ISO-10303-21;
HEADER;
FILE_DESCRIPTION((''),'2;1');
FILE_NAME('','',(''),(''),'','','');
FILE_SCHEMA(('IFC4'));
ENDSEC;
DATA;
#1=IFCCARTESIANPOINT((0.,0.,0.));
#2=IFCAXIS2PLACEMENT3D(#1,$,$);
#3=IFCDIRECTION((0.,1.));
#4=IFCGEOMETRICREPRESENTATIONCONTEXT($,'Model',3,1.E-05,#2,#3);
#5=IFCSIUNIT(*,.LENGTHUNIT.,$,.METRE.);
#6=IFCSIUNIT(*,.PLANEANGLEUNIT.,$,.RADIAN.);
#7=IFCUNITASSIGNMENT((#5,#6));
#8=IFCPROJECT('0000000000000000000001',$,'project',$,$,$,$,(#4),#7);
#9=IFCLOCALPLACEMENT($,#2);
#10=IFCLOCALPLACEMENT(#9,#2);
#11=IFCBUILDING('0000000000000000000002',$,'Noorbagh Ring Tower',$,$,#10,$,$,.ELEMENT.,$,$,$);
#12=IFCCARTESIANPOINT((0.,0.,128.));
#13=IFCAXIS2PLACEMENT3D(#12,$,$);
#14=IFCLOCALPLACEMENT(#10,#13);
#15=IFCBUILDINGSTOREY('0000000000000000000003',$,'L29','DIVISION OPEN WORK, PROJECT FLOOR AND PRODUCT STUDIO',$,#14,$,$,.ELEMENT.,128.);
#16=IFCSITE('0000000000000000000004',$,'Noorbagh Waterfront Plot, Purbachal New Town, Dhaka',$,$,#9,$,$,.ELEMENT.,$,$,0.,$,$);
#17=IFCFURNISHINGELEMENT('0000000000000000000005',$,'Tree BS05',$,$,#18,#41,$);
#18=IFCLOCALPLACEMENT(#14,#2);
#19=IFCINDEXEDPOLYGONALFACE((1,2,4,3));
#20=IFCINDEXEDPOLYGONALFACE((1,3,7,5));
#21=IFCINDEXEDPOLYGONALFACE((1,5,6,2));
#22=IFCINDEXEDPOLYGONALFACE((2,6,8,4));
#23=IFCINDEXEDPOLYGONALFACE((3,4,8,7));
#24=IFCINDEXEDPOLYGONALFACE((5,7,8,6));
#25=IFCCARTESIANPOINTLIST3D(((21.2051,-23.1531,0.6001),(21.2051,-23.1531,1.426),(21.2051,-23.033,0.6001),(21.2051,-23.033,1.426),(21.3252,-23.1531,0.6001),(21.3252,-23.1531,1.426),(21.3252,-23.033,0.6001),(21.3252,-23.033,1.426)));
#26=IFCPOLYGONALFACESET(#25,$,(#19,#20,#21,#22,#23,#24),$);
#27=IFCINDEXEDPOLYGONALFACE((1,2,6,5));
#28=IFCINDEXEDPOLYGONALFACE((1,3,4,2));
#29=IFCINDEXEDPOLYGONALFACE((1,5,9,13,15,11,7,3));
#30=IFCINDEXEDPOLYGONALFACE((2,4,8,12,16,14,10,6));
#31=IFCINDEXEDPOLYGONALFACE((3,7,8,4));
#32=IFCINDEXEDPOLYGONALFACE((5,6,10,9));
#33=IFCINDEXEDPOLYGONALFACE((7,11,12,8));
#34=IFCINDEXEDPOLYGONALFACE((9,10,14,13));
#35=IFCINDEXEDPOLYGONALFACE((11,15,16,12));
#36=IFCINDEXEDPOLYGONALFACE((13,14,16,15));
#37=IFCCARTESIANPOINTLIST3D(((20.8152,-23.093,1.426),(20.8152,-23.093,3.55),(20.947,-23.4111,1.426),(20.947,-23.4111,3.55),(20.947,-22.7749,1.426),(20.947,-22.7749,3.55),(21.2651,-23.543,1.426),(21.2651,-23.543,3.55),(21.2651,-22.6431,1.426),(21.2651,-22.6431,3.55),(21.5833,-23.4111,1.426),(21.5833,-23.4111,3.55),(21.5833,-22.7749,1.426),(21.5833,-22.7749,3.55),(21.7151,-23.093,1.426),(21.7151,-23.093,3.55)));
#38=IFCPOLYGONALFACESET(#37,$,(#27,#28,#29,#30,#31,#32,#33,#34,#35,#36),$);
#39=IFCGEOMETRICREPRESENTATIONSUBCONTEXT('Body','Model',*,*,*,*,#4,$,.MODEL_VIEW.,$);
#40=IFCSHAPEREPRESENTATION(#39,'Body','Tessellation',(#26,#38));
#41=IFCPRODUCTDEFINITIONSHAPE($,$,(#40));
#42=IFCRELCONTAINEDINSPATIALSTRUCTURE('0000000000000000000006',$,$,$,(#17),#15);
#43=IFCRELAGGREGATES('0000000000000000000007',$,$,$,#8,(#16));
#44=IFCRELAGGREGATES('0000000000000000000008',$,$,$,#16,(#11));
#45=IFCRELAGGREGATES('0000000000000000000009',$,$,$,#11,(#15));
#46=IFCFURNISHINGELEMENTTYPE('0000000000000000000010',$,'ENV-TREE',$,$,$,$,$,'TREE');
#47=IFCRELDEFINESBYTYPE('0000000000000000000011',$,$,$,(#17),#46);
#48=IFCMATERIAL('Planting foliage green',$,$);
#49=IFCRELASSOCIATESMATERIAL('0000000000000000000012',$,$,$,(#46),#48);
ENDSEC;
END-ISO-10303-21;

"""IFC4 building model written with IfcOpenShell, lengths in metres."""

from ifc_helpers import new_model, si_unit, direction, frame, origin, origin_2d, place, context, subcontext, project, spatial, polyline, rectangle, outline, extrude, material, type_object, element, save


model = new_model("IFC4")

# Units and contexts
model_context = context("Model", 3, precision=1e-05, world=origin(), true_north=direction((0.0, 1.0)))
body_context = subcontext(model_context, "Body", "Model", "MODEL_VIEW")
ifc_project = project(units=[si_unit("LENGTHUNIT", "METRE"), si_unit("PLANEANGLEUNIT", "RADIAN")], contexts=[model_context])

# Site, building, storey
site_placement = place(None, origin())
site = spatial("IfcSite", under=ifc_project, at=site_placement, Name="Noorbagh Waterfront Plot, Purbachal New Town, Dhaka", CompositionType="ELEMENT", RefElevation=0.0)
building_placement = place(site_placement, origin())
building = spatial("IfcBuilding", under=site, at=building_placement, Name="Noorbagh Ring Tower", CompositionType="ELEMENT")
storey_placement = place(building_placement, frame((0.0, 0.0, 128.0)))
storey = spatial("IfcBuildingStorey", under=building, at=storey_placement, Name="L29", Description="DIVISION OPEN WORK, PROJECT FLOOR AND PRODUCT STUDIO", CompositionType="ELEMENT", Elevation=128.0)

# Furnishing element
ifc_material_1 = material(Name="Planting foliage green")
furnishing_element_type = type_object("IfcFurnishingElementType", Name="ENV-TREE", ElementType="TREE", material=ifc_material_1)
furnishing_placement = place(storey_placement, frame((21.2651, -23.093, 0.6001), z_axis=(0.0, 0.0, 1.0), x_axis=(1.0, 0.0, 0.0)))
element("IfcFurnishingElement", 1, at=furnishing_placement, inside=storey, type_object=furnishing_element_type, Name="Tree BS05", context=body_context, shape_type="SweptSolid", body=[
    extrude(rectangle(XDim=0.1201, YDim=0.1201, at=origin_2d()), origin(), (0.0, 0.0, 1.0), 0.8259),
    extrude(outline(polyline([(0.45, 0.0), (0.3181, 0.3181), (0.0, 0.45), (-0.3181, 0.3181), (-0.45, 0.0), (-0.3181, -0.3181), (0.0, -0.45), (0.3181, -0.3181), (0.45, 0.0)])), frame((0.0, 0.0, 0.8259)), (0.0, 0.0, 1.0), 2.124),
])

save(model, "model.ifc")
